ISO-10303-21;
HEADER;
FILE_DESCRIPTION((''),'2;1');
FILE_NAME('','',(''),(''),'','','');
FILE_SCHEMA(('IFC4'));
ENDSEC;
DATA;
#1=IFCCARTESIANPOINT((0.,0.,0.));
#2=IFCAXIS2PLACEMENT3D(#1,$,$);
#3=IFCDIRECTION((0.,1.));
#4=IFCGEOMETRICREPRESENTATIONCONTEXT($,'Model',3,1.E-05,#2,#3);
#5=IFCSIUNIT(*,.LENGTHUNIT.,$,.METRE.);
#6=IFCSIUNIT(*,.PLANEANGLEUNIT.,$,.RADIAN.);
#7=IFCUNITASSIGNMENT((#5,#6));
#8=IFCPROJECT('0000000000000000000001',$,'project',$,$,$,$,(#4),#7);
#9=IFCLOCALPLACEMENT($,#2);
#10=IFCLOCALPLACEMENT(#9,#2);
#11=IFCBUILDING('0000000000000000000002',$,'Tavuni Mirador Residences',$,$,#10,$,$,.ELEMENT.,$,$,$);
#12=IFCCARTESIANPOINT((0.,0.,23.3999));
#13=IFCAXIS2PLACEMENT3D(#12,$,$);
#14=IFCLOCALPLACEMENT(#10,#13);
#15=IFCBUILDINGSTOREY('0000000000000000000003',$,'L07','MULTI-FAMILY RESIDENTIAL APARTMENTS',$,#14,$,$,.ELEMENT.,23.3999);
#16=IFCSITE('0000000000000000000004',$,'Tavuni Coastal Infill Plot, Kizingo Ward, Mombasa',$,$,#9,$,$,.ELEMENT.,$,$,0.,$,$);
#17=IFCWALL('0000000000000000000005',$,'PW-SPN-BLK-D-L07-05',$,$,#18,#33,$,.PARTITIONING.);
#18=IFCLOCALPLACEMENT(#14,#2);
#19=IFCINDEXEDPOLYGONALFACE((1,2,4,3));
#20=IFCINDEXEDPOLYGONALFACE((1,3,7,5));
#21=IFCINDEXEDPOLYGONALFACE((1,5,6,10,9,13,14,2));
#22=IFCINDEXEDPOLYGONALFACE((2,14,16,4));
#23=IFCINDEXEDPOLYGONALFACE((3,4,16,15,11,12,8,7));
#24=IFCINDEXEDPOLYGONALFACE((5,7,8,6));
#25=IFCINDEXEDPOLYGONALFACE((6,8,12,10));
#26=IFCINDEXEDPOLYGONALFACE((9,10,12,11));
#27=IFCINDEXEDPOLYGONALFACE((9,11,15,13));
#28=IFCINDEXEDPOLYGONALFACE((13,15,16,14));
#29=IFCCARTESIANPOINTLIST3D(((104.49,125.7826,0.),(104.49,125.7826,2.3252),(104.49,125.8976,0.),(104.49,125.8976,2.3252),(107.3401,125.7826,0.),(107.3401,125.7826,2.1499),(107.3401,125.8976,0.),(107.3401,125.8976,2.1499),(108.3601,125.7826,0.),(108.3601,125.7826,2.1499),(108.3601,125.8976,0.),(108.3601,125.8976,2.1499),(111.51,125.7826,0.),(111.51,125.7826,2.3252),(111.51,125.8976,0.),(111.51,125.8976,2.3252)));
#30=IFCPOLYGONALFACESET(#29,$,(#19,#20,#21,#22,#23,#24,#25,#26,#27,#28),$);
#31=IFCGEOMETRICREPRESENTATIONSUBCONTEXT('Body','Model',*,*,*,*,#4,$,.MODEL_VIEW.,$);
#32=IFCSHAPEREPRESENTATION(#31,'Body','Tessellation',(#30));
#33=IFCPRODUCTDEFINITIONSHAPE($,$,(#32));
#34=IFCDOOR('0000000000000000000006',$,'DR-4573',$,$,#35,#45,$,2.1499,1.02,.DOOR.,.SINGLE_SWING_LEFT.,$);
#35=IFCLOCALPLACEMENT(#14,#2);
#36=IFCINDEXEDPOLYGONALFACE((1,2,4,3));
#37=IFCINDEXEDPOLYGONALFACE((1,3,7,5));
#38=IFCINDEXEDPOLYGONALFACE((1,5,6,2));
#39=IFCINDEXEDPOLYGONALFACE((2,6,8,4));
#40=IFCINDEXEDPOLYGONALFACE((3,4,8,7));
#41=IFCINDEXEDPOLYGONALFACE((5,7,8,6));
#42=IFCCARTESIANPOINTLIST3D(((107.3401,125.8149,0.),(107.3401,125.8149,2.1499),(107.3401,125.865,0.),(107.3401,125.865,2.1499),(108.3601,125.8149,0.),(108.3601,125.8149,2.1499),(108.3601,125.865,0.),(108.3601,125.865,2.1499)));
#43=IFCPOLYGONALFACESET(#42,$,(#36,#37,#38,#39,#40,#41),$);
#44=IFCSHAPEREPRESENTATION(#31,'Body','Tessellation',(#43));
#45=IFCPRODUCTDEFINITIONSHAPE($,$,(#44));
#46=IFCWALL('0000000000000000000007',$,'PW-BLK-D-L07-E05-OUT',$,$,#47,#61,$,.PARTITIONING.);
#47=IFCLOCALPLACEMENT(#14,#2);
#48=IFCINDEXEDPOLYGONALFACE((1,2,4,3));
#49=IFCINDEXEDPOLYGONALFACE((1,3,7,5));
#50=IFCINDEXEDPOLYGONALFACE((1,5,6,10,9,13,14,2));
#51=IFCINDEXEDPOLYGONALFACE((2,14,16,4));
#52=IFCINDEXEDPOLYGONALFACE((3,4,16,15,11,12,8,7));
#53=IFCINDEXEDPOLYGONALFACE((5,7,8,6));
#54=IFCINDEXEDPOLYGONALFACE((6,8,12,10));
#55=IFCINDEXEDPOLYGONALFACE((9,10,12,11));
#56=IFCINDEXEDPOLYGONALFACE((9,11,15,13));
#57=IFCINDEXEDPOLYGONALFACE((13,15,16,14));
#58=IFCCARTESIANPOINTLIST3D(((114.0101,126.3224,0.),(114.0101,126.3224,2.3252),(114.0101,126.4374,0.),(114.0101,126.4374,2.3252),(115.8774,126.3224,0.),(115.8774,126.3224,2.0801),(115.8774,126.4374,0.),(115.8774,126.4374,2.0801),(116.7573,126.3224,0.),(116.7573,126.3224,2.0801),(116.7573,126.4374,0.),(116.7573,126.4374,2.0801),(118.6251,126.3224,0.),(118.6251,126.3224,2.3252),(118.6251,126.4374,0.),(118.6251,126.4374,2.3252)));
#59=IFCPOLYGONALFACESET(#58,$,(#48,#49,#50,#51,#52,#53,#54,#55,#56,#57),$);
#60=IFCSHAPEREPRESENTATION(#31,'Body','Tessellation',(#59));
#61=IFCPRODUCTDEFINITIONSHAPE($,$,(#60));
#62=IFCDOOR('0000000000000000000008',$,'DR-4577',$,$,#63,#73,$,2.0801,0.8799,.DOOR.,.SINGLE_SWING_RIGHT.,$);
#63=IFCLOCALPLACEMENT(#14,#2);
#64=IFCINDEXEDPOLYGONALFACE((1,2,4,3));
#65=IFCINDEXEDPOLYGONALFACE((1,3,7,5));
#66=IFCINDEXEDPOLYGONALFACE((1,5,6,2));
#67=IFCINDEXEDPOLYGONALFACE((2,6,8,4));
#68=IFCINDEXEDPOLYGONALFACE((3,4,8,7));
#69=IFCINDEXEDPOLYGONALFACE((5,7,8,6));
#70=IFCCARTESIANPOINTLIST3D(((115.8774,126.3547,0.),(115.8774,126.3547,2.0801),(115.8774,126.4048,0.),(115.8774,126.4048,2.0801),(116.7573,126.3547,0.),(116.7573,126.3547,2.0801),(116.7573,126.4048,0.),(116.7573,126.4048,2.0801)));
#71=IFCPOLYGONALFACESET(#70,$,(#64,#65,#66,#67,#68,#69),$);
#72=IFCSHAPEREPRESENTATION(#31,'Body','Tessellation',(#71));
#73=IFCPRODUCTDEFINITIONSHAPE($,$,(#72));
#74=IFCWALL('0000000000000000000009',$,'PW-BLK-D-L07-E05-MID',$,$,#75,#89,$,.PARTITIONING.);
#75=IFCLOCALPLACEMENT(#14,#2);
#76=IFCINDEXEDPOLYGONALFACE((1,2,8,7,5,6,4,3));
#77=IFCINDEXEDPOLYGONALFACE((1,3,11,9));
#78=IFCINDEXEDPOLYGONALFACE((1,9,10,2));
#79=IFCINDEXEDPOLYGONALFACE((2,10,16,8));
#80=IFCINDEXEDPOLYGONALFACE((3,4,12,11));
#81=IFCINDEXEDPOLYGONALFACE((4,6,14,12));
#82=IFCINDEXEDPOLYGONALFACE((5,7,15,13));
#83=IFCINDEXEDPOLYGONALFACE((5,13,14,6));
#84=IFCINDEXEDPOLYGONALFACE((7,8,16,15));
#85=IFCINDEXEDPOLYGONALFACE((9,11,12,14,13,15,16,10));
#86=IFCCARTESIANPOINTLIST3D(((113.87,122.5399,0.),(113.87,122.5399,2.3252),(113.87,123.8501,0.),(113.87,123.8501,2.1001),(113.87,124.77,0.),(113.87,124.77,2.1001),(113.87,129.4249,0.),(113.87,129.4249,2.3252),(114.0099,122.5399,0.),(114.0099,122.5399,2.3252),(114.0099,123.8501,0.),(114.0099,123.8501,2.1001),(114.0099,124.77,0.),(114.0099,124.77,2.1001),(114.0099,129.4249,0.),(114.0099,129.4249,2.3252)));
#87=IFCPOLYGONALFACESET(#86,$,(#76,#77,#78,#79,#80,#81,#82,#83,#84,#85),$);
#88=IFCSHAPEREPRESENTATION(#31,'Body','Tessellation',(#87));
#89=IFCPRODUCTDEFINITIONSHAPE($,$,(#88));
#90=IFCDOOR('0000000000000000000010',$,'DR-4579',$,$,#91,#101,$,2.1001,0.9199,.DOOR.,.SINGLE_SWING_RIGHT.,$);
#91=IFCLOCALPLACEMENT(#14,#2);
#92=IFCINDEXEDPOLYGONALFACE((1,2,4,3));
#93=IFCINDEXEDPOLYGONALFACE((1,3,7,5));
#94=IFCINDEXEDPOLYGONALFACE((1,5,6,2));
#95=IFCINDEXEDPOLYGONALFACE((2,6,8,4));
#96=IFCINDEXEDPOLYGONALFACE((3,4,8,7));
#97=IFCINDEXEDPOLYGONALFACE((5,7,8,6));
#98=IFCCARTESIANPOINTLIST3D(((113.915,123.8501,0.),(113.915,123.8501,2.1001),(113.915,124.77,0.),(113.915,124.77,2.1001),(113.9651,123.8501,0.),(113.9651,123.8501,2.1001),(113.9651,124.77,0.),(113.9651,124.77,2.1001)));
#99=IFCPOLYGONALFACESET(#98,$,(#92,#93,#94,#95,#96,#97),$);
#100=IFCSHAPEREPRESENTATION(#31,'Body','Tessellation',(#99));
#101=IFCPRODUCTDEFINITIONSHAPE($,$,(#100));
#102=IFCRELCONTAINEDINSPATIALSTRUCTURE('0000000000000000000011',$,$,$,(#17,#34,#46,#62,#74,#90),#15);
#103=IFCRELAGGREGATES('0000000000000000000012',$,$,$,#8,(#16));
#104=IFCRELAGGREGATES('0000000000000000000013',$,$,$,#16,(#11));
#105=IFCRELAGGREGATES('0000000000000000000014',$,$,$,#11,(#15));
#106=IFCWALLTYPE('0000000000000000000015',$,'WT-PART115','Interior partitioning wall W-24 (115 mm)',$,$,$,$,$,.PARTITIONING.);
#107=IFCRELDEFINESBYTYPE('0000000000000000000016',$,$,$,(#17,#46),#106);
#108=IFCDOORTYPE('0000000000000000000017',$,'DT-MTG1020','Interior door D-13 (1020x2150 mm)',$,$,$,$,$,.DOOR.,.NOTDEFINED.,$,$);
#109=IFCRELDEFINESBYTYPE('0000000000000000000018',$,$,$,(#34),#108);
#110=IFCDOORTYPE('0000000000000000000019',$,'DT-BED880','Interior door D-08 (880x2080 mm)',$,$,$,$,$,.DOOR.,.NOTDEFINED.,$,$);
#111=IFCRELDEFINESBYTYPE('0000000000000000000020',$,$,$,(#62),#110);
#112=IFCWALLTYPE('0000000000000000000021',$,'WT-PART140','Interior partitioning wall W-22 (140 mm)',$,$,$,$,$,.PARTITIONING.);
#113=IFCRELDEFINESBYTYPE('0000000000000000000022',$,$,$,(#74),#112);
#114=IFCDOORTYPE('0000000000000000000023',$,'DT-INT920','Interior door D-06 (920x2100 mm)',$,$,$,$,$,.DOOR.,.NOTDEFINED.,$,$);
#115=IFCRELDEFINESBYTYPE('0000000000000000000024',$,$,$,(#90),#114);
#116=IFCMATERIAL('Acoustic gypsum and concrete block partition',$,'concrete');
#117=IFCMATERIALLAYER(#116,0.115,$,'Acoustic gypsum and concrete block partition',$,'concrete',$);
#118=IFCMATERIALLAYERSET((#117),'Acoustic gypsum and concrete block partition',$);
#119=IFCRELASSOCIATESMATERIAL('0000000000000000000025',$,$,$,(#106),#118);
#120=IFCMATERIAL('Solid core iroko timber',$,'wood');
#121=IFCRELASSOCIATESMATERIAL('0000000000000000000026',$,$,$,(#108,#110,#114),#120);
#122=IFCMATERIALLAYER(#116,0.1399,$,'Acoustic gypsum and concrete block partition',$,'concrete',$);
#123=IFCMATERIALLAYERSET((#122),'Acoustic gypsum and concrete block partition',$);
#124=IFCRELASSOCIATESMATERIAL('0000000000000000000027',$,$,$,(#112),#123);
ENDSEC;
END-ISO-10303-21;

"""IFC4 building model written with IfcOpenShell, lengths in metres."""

from ifc_helpers import new_model, si_unit, direction, frame, frame_2d, origin, place, context, subcontext, project, spatial, rectangle, extrude, material, layer, layer_set, type_object, element, fill, save


model = new_model("IFC4")

# Units and contexts
model_context = context("Model", 3, precision=1e-05, world=origin(), true_north=direction((0.0, 1.0)))
body_context = subcontext(model_context, "Body", "Model", "MODEL_VIEW")
ifc_project = project(units=[si_unit("LENGTHUNIT", "METRE"), si_unit("PLANEANGLEUNIT", "RADIAN")], contexts=[model_context])

# Site, building, storey
site_placement = place(None, origin())
site = spatial("IfcSite", under=ifc_project, at=site_placement, Name="Tavuni Coastal Infill Plot, Kizingo Ward, Mombasa", CompositionType="ELEMENT", RefElevation=0.0)
building_placement = place(site_placement, origin())
building = spatial("IfcBuilding", under=site, at=building_placement, Name="Tavuni Mirador Residences", CompositionType="ELEMENT")
storey_placement = place(building_placement, frame((0.0, 0.0, 23.3999)))
storey = spatial("IfcBuildingStorey", under=building, at=storey_placement, Name="L07", Description="MULTI-FAMILY RESIDENTIAL APARTMENTS", CompositionType="ELEMENT", Elevation=23.3999)

# Shared definitions
ifc_material_1 = material(Name="Solid core iroko timber", Category="wood")

# Walls, openings, doors
ifc_material_2 = material(Name="Acoustic gypsum and concrete block partition", Category="concrete")
ifc_layer_1 = layer(ifc_material_2, 0.115, Name="Acoustic gypsum and concrete block partition", Category="concrete")
ifc_layer_set_1 = layer_set([ifc_layer_1], Name="Acoustic gypsum and concrete block partition")
wall_type_1 = type_object("IfcWallType", Name="WT-PART115", Description="Interior partitioning wall W-24 (115 mm)", PredefinedType="PARTITIONING", material=ifc_layer_set_1)
wall_1_placement = place(storey_placement, frame((104.49, 125.8401, 0.0), z_axis=(0.0, 0.0, 1.0), x_axis=(1.0, 0.0, 0.0)))
wall_1 = element("IfcWall", 1, at=wall_1_placement, inside=storey, type_object=wall_type_1, Name="PW-SPN-BLK-D-L07-05", PredefinedType="PARTITIONING", context=body_context, shape_type="SweptSolid", body=[
    extrude(rectangle(XDim=7.02, YDim=0.115, at=frame_2d((3.51, 0.0))), origin(), (0.0, 0.0, 1.0), 2.3252),
])
opening_1_placement = place(wall_1_placement, frame((2.8501, 0.0, 0.0)))
opening_1 = element("IfcOpeningElement", 2, at=opening_1_placement, cuts=wall_1, PredefinedType="OPENING", context=body_context, shape_type="SweptSolid", body=[
    extrude(rectangle(XDim=1.02, YDim=2.1499, at=frame_2d((0.51, 1.075))), frame((0.0, 0.0674, 0.0), z_axis=(0.0, -1.0, 0.0), x_axis=(1.0, 0.0, 0.0)), (0.0, 0.0, 1.0), 0.135),
])
door_type_1 = type_object("IfcDoorType", Name="DT-MTG1020", Description="Interior door D-13 (1020x2150 mm)", OperationType="NOTDEFINED", PredefinedType="DOOR", material=ifc_material_1)
door_1_placement = place(opening_1_placement, origin())
door_1 = element("IfcDoor", 3, at=door_1_placement, inside=storey, type_object=door_type_1, Name="DR-4573", OperationType="SINGLE_SWING_LEFT", OverallHeight=2.1499, OverallWidth=1.02, PredefinedType="DOOR", context=body_context, shape_type="SweptSolid", body=[
    extrude(rectangle(XDim=1.02, YDim=2.1499, at=frame_2d((0.51, 1.075))), frame((0.0, 0.0249, 0.0), z_axis=(0.0, -1.0, 0.0), x_axis=(1.0, 0.0, 0.0)), (0.0, 0.0, 1.0), 0.05),
])
fill(opening_1, door_1)
wall_2_placement = place(storey_placement, frame((114.01, 126.3799, 0.0), z_axis=(0.0, 0.0, 1.0), x_axis=(1.0, 0.0, 0.0)))
wall_2 = element("IfcWall", 4, at=wall_2_placement, inside=storey, type_object=wall_type_1, Name="PW-BLK-D-L07-E05-OUT", PredefinedType="PARTITIONING", context=body_context, shape_type="SweptSolid", body=[
    extrude(rectangle(XDim=4.615, YDim=0.115, at=frame_2d((2.3076, 0.0))), origin(), (0.0, 0.0, 1.0), 2.3252),
])
opening_2_placement = place(wall_2_placement, frame((1.8674, 0.0, 0.0)))
opening_2 = element("IfcOpeningElement", 5, at=opening_2_placement, cuts=wall_2, PredefinedType="OPENING", context=body_context, shape_type="SweptSolid", body=[
    extrude(rectangle(XDim=0.8799, YDim=2.0801, at=frame_2d((0.4399, 1.04))), frame((0.0, 0.0674, 0.0), z_axis=(0.0, -1.0, 0.0), x_axis=(1.0, 0.0, 0.0)), (0.0, 0.0, 1.0), 0.135),
])
door_type_2 = type_object("IfcDoorType", Name="DT-BED880", Description="Interior door D-08 (880x2080 mm)", OperationType="NOTDEFINED", PredefinedType="DOOR", material=ifc_material_1)
door_2_placement = place(opening_2_placement, origin())
door_2 = element("IfcDoor", 6, at=door_2_placement, inside=storey, type_object=door_type_2, Name="DR-4577", OperationType="SINGLE_SWING_RIGHT", OverallHeight=2.0801, OverallWidth=0.8799, PredefinedType="DOOR", context=body_context, shape_type="SweptSolid", body=[
    extrude(rectangle(XDim=0.8799, YDim=2.0801, at=frame_2d((0.4399, 1.04))), frame((0.0, 0.0249, 0.0), z_axis=(0.0, -1.0, 0.0), x_axis=(1.0, 0.0, 0.0)), (0.0, 0.0, 1.0), 0.05),
])
fill(opening_2, door_2)
ifc_layer_2 = layer(ifc_material_2, 0.1399, Name="Acoustic gypsum and concrete block partition", Category="concrete")
ifc_layer_set_2 = layer_set([ifc_layer_2], Name="Acoustic gypsum and concrete block partition")
wall_type_2 = type_object("IfcWallType", Name="WT-PART140", Description="Interior partitioning wall W-22 (140 mm)", PredefinedType="PARTITIONING", material=ifc_layer_set_2)
wall_3_placement = place(storey_placement, frame((113.9399, 122.54, 0.0), z_axis=(0.0, 0.0, 1.0), x_axis=(0.0, 1.0, 0.0)))
wall_3 = element("IfcWall", 7, at=wall_3_placement, inside=storey, type_object=wall_type_2, Name="PW-BLK-D-L07-E05-MID", PredefinedType="PARTITIONING", context=body_context, shape_type="SweptSolid", body=[
    extrude(rectangle(XDim=6.885, YDim=0.1399, at=frame_2d((3.4424, 0.0))), origin(), (0.0, 0.0, 1.0), 2.3252),
])
opening_3_placement = place(wall_3_placement, frame((1.3101, 0.0, 0.0)))
opening_3 = element("IfcOpeningElement", 8, at=opening_3_placement, cuts=wall_3, PredefinedType="OPENING", context=body_context, shape_type="SweptSolid", body=[
    extrude(rectangle(XDim=0.9199, YDim=2.1001, at=frame_2d((0.46, 1.05))), frame((0.0, 0.0801, 0.0), z_axis=(0.0, -1.0, 0.0), x_axis=(1.0, 0.0, 0.0)), (0.0, 0.0, 1.0), 0.1599),
])
door_type_3 = type_object("IfcDoorType", Name="DT-INT920", Description="Interior door D-06 (920x2100 mm)", OperationType="NOTDEFINED", PredefinedType="DOOR", material=ifc_material_1)
door_3_placement = place(opening_3_placement, origin())
door_3 = element("IfcDoor", 9, at=door_3_placement, inside=storey, type_object=door_type_3, Name="DR-4579", OperationType="SINGLE_SWING_RIGHT", OverallHeight=2.1001, OverallWidth=0.9199, PredefinedType="DOOR", context=body_context, shape_type="SweptSolid", body=[
    extrude(rectangle(XDim=0.9199, YDim=2.1001, at=frame_2d((0.46, 1.05))), frame((0.0, 0.0249, 0.0), z_axis=(0.0, -1.0, 0.0), x_axis=(1.0, 0.0, 0.0)), (0.0, 0.0, 1.0), 0.05),
])
fill(opening_3, door_3)

save(model, "model.ifc")
